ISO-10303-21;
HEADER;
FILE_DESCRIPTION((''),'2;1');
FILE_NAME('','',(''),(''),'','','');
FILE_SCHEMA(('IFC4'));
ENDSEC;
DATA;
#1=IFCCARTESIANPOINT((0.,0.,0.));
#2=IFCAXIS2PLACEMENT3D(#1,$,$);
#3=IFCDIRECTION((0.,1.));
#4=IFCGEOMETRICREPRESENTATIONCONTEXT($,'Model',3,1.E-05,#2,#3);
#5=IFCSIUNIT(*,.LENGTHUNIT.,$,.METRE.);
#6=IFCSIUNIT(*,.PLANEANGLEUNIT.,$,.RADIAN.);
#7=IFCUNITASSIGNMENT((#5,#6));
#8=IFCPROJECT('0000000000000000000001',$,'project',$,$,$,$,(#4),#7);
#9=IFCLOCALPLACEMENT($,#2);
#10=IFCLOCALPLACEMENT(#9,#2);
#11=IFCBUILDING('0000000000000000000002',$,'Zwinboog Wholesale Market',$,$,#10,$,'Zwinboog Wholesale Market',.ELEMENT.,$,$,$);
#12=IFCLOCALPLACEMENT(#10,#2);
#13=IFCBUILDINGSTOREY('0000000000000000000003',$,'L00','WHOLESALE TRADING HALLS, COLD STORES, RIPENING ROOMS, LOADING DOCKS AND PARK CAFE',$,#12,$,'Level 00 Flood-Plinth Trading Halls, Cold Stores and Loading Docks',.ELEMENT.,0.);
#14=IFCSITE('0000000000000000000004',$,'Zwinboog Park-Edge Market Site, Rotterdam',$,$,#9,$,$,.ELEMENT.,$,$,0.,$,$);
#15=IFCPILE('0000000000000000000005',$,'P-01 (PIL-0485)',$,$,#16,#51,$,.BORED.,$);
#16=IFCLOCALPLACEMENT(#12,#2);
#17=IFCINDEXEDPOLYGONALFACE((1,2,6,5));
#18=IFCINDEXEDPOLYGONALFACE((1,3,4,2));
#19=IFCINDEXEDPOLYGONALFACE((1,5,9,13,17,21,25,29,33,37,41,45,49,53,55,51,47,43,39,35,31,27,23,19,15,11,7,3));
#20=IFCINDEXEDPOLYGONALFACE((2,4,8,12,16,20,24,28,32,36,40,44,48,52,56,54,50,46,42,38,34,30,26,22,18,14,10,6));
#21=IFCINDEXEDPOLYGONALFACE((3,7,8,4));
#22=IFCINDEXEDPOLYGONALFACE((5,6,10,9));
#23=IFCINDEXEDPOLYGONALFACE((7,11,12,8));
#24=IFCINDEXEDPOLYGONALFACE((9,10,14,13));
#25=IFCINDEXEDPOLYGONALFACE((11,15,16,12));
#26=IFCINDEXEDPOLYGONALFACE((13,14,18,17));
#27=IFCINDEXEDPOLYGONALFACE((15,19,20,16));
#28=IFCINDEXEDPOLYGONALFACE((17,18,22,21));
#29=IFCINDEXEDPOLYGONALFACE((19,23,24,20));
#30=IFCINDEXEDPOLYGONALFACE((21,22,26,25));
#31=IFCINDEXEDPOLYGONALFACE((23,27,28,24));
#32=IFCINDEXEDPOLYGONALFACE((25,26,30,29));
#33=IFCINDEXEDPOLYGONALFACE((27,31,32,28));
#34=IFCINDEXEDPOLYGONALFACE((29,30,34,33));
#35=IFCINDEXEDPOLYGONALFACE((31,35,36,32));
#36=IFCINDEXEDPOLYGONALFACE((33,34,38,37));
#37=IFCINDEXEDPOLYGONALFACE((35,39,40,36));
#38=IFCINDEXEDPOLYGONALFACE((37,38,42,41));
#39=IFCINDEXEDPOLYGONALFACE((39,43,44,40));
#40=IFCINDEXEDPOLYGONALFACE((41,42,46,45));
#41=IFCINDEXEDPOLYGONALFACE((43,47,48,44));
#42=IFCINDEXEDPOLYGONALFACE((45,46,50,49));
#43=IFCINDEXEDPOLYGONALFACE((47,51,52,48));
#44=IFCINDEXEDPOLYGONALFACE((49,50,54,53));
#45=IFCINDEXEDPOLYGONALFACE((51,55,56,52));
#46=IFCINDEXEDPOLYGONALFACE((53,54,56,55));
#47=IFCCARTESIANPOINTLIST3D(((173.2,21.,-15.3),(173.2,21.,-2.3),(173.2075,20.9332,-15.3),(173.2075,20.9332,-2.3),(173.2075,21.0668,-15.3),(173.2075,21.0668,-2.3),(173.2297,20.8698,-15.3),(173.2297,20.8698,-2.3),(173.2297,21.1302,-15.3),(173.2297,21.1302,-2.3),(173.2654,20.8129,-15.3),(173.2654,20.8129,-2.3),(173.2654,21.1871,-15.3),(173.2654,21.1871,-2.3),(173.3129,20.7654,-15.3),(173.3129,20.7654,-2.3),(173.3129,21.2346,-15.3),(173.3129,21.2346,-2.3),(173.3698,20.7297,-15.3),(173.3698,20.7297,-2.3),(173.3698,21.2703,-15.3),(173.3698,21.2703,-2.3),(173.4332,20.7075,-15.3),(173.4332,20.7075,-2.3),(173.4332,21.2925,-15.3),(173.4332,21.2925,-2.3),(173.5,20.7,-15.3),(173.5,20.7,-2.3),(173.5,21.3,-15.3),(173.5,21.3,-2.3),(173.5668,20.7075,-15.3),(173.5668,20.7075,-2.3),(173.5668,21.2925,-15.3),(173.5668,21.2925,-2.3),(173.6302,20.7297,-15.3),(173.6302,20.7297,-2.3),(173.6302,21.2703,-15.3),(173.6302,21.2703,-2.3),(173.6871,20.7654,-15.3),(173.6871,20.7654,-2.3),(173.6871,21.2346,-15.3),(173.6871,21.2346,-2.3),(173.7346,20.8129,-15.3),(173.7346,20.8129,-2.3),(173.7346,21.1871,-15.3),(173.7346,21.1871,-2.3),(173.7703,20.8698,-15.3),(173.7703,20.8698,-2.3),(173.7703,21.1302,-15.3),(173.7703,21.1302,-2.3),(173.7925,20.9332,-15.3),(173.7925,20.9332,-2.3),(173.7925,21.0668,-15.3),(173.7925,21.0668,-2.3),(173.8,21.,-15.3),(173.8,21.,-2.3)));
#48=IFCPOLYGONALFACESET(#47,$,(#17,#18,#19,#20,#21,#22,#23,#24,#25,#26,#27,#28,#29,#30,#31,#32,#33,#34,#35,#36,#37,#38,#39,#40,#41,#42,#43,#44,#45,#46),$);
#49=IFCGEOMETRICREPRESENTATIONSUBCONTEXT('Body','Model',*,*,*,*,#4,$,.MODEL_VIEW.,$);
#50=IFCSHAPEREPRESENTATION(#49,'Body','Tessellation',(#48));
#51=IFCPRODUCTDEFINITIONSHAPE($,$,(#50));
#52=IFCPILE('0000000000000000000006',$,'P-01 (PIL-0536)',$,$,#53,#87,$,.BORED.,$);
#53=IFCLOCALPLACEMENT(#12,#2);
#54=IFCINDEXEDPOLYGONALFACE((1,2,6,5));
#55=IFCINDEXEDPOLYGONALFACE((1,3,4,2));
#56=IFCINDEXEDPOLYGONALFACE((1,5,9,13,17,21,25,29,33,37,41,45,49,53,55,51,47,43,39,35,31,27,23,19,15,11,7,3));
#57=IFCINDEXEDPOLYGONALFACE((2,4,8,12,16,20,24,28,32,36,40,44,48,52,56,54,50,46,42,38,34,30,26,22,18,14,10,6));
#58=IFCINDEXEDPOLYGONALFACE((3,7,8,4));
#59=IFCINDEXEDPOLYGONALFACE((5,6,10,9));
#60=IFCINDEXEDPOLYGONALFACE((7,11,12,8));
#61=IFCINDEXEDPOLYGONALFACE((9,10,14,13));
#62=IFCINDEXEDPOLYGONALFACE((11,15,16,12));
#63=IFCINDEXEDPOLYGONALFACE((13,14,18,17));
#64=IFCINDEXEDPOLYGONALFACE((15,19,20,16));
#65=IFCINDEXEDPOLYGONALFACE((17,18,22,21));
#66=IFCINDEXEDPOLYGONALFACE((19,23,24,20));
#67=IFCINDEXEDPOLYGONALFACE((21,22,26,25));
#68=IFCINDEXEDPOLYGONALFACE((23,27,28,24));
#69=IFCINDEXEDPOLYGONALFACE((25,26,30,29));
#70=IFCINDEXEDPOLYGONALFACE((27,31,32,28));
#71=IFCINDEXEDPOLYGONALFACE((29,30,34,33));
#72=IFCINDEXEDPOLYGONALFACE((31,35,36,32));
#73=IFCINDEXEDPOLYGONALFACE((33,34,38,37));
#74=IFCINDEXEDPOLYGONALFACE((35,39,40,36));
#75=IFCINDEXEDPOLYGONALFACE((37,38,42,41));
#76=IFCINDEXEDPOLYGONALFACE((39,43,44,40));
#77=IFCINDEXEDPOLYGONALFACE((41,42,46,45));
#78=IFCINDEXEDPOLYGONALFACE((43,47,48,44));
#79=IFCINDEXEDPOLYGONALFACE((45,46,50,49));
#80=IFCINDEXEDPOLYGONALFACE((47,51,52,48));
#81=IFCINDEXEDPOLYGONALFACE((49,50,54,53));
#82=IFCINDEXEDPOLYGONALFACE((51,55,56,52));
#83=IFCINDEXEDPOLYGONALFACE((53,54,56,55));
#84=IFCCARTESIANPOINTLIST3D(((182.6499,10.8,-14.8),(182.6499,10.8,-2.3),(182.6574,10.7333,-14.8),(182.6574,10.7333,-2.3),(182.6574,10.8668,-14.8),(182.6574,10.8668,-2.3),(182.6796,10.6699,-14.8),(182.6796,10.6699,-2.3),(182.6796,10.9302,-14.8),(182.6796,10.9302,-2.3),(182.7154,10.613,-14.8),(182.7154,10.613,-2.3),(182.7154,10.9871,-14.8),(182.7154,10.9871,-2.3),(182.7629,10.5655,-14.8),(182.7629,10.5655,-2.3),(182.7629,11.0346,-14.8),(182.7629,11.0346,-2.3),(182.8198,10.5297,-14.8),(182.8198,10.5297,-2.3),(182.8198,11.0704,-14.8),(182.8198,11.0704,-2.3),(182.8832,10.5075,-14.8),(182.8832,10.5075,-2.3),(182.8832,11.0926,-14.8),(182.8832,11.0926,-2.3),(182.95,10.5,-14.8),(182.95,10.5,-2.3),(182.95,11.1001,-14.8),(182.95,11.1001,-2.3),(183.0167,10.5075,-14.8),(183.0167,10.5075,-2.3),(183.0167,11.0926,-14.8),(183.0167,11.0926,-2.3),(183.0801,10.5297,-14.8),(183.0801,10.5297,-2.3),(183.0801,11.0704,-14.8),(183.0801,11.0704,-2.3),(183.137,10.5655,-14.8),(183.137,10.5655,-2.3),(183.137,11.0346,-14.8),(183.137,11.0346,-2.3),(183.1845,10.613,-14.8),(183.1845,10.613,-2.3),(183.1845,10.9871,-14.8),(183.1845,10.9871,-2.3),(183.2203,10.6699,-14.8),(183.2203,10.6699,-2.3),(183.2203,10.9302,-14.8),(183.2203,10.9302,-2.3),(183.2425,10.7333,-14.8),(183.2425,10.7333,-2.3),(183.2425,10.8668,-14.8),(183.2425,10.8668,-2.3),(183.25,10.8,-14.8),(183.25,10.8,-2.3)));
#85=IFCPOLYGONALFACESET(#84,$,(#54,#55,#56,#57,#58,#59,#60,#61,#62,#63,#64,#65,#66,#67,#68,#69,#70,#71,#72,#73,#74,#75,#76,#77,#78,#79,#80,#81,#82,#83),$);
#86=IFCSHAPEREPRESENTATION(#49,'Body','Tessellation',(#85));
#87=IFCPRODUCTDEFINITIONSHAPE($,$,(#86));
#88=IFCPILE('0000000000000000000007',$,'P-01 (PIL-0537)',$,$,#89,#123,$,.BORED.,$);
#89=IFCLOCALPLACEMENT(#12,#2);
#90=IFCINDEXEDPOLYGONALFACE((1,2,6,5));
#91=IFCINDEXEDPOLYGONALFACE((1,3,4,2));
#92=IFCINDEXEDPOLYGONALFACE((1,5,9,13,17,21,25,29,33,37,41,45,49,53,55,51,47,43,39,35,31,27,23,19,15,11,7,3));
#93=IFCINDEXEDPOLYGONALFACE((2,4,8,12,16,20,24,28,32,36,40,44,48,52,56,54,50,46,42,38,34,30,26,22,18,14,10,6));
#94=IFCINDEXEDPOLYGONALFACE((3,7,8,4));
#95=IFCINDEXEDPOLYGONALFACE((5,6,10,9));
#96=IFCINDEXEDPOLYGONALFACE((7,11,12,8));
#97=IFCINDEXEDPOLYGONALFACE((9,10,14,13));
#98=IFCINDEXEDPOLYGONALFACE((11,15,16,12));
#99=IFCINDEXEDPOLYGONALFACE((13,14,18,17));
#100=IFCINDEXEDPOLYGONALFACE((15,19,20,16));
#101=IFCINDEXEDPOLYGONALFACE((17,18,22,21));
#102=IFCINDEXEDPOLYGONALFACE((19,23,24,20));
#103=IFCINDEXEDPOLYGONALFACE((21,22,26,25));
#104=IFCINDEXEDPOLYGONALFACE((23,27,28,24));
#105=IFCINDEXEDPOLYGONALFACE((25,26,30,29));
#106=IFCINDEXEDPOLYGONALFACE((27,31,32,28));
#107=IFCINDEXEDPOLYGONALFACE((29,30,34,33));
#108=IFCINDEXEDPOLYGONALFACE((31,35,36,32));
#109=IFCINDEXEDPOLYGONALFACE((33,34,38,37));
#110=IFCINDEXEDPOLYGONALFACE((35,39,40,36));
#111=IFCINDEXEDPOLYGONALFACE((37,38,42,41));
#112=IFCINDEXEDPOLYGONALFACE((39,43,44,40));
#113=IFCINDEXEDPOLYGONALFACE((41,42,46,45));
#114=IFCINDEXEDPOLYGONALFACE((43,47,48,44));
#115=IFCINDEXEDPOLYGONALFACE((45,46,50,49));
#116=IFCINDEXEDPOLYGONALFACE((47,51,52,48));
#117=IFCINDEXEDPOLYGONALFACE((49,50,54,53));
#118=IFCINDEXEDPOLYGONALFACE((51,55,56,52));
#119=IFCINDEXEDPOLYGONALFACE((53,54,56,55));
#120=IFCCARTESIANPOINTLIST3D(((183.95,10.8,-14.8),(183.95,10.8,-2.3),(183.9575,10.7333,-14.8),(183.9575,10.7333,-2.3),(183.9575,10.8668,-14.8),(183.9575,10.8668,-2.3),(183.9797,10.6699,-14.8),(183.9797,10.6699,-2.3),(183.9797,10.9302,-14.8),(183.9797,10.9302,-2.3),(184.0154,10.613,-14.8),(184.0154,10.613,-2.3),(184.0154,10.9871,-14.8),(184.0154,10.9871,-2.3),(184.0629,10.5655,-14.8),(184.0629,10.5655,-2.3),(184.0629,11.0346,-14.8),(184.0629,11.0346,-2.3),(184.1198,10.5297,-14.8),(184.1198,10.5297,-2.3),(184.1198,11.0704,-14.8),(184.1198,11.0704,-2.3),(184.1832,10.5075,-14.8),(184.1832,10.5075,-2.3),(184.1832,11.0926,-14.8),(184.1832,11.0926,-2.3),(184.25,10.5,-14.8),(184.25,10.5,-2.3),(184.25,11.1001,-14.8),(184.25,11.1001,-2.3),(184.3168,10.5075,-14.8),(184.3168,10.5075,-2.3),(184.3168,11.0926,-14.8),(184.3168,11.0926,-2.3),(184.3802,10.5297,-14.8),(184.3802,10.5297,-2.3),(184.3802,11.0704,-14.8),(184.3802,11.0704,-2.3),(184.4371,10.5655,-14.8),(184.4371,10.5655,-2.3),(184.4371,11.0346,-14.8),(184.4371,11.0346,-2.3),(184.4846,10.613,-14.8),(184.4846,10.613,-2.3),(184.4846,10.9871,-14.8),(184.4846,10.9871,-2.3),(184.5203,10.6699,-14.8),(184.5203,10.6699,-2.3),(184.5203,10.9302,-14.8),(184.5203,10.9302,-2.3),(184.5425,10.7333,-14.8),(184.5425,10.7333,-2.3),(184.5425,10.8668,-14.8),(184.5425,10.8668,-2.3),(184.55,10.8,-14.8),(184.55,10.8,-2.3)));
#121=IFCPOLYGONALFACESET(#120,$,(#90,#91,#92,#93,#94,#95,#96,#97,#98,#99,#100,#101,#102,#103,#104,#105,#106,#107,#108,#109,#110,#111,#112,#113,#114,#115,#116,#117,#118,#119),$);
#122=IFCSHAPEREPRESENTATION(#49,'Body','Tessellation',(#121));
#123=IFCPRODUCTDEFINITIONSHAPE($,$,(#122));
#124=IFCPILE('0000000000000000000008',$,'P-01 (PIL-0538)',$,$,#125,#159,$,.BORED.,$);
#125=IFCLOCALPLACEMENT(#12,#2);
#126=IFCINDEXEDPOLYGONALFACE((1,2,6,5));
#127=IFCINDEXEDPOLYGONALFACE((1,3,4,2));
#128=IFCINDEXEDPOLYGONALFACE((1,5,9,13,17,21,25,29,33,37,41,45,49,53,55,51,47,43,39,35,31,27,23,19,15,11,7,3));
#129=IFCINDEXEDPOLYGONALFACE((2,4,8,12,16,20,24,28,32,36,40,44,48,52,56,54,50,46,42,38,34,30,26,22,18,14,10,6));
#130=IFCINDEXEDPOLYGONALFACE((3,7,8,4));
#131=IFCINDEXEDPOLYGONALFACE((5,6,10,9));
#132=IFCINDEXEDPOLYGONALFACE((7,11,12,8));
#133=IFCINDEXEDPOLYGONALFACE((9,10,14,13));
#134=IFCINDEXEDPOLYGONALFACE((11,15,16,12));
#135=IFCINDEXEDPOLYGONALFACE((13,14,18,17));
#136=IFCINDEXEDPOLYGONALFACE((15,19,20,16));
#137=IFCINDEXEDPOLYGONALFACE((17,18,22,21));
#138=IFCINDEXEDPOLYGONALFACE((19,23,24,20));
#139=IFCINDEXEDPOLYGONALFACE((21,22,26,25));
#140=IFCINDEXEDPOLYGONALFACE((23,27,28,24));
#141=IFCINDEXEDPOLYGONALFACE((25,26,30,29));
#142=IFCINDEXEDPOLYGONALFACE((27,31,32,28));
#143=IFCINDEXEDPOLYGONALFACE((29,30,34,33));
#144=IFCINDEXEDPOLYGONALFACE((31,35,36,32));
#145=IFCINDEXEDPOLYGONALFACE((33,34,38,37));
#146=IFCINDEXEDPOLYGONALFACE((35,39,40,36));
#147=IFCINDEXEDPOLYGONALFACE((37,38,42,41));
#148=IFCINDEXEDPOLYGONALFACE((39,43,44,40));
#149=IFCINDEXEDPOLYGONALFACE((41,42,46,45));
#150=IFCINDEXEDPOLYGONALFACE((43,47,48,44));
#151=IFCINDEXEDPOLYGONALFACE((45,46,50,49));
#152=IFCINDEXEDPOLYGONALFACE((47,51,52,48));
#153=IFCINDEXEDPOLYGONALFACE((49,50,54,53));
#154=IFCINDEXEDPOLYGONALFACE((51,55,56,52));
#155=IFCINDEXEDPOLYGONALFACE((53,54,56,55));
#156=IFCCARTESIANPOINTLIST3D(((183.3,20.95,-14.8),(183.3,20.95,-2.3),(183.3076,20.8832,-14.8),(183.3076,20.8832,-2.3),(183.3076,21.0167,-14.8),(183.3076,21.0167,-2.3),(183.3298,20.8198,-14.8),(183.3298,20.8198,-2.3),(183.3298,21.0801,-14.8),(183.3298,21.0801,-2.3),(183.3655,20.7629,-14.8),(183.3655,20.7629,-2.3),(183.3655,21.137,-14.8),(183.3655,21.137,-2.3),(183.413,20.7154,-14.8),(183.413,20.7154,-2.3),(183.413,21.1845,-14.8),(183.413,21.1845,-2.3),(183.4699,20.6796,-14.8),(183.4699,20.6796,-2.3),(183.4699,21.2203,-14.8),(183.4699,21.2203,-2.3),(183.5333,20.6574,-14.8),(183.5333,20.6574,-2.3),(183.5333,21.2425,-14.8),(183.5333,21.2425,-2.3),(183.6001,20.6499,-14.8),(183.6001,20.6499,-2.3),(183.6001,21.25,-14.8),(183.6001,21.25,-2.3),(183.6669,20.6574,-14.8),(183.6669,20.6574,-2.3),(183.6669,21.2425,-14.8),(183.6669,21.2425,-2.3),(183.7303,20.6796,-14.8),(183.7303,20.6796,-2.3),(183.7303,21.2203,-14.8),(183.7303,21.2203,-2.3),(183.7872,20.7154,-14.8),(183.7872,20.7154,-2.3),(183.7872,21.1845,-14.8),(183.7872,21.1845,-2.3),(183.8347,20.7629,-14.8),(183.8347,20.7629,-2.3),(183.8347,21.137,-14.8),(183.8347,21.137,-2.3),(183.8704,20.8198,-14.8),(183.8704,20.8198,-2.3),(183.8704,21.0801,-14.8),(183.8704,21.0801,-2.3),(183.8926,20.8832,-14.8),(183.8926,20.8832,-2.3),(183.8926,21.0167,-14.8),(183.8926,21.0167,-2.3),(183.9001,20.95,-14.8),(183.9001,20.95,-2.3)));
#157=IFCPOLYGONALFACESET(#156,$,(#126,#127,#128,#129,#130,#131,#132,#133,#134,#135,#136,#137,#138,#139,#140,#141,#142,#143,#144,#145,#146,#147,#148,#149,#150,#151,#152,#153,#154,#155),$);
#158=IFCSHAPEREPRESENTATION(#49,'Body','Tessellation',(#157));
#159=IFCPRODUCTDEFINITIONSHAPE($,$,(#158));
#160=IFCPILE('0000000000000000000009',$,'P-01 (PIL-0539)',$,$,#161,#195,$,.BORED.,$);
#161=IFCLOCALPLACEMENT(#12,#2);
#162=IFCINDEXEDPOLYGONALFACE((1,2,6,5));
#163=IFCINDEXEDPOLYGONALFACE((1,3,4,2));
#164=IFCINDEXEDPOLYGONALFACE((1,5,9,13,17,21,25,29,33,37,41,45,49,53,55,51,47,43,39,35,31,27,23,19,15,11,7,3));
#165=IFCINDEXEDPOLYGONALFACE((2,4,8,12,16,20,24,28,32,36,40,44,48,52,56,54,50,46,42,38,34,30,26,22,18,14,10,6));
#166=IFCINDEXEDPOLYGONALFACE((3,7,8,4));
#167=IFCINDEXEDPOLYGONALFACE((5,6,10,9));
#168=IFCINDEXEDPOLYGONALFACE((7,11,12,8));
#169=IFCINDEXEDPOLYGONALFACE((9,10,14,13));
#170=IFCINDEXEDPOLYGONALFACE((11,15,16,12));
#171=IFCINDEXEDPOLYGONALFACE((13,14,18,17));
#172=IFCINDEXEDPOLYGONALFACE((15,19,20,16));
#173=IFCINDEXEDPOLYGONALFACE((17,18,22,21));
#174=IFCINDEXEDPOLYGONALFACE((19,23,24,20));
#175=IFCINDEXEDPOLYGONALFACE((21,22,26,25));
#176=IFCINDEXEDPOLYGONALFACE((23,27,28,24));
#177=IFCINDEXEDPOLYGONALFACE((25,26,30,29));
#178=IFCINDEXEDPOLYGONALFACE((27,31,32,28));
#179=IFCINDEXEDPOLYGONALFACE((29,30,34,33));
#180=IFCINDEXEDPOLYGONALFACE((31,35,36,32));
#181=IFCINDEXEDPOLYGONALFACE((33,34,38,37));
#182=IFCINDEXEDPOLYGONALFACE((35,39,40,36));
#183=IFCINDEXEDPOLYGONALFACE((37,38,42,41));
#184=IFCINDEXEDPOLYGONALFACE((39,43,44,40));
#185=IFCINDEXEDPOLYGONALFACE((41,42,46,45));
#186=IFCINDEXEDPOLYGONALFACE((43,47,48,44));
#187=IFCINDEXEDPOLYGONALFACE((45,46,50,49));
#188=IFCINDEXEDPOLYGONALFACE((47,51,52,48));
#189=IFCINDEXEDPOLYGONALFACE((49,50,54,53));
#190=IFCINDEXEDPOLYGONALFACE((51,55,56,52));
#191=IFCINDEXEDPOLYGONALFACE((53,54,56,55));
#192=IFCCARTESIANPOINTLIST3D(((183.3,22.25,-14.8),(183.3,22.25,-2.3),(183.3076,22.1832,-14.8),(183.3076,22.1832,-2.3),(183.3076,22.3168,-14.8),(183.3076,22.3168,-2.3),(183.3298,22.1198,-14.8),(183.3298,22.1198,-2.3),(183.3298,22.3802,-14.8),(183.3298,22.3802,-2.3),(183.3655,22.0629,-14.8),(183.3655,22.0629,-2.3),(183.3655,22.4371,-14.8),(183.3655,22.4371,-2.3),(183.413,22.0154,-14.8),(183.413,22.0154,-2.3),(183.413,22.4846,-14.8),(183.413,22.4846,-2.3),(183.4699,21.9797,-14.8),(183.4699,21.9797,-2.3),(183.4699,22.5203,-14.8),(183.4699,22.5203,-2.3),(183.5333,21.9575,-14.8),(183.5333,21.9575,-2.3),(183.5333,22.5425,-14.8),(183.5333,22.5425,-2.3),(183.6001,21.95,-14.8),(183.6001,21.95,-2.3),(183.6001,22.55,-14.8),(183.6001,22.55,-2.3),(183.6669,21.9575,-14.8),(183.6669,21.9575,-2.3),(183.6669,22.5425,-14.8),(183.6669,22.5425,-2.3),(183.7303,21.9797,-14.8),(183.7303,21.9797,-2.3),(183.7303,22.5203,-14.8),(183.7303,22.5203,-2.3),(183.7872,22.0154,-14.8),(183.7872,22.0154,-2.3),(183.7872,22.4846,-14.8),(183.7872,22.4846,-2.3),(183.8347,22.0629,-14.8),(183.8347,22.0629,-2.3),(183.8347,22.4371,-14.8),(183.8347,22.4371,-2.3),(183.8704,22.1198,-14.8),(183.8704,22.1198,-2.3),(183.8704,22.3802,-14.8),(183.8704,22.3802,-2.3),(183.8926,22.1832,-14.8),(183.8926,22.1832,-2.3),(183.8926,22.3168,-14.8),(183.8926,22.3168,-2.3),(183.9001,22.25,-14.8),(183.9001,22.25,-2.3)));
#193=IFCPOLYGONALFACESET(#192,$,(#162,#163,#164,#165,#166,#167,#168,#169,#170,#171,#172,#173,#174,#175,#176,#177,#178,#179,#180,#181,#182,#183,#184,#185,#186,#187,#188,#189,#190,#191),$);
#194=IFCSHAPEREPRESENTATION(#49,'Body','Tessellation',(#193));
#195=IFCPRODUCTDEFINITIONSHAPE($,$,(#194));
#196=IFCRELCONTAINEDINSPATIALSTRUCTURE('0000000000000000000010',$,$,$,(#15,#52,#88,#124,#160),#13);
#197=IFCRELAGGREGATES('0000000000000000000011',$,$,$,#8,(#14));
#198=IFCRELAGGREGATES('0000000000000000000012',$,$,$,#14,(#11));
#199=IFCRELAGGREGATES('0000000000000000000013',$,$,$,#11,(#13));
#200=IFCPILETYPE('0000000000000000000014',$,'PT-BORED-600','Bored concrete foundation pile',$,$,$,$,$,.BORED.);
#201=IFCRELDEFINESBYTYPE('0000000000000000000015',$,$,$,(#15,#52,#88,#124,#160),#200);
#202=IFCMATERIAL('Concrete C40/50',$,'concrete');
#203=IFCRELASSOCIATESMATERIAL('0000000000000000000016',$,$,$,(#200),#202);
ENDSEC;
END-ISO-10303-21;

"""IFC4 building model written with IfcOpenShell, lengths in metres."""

from ifc_helpers import new_model, si_unit, direction, frame, origin, origin_2d, place, context, subcontext, project, spatial, circle, extrude, material, material_profile, profile_set, type_object, element, save


model = new_model("IFC4")

# Units and contexts
model_context = context("Model", 3, precision=1e-05, world=origin(), true_north=direction((0.0, 1.0)))
body_context = subcontext(model_context, "Body", "Model", "MODEL_VIEW")
ifc_project = project(units=[si_unit("LENGTHUNIT", "METRE"), si_unit("PLANEANGLEUNIT", "RADIAN")], contexts=[model_context])

# Site, building, storey
site_placement = place(None, origin())
site = spatial("IfcSite", under=ifc_project, at=site_placement, Name="Zwinboog Park-Edge Market Site, Rotterdam", CompositionType="ELEMENT", RefElevation=0.0)
building_placement = place(site_placement, origin())
building = spatial("IfcBuilding", under=site, at=building_placement, Name="Zwinboog Wholesale Market", LongName="Zwinboog Wholesale Market", CompositionType="ELEMENT")
storey_placement = place(building_placement, origin())
storey = spatial("IfcBuildingStorey", under=building, at=storey_placement, Name="L00", Description="WHOLESALE TRADING HALLS, COLD STORES, RIPENING ROOMS, LOADING DOCKS AND PARK CAFE", LongName="Level 00 Flood-Plinth Trading Halls, Cold Stores and Loading Docks", CompositionType="ELEMENT", Elevation=0.0)

# Piles
ifc_material_1 = material(Name="Concrete C40/50", Category="concrete")
ifc_material_profile_1 = material_profile(ifc_material_1, circle(Radius=0.3, at=origin_2d()), Name="PILE D600")
ifc_profile_set_1 = profile_set([ifc_material_profile_1], Name="Concrete C40/50")
pile_type = type_object("IfcPileType", Name="PT-BORED-600", Description="Bored concrete foundation pile", PredefinedType="BORED", material=ifc_profile_set_1)
pile_placement = place(storey_placement, frame((173.5, 21.0, -2.3), z_axis=(0.0, 0.0, -1.0), x_axis=(1.0, 0.0, 0.0)))
element("IfcPile", 1, at=pile_placement, inside=storey, type_object=pile_type, Name="P-01 (PIL-0485)", PredefinedType="BORED", context=body_context, shape_type="SweptSolid", body=[
    extrude(circle(Radius=0.3, at=origin_2d()), origin(), (0.0, 0.0, 1.0), 13.0),
])
for number, where, z_axis, x_axis, name in (
    (2, (182.95, 10.8, -2.3), (0.0, 0.0, -1.0), (1.0, 0.0, 0.0), "P-01 (PIL-0536)"),
    (3, (184.25, 10.8, -2.3), (0.0, 0.0, -1.0), (1.0, 0.0, 0.0), "P-01 (PIL-0537)"),
    (4, (183.6001, 20.95, -2.3), (0.0, 0.0, -1.0), (1.0, 0.0, 0.0), "P-01 (PIL-0538)"),
    (5, (183.6001, 22.25, -2.3), (0.0, 0.0, -1.0), (1.0, 0.0, 0.0), "P-01 (PIL-0539)"),
):
    element("IfcPile", number, at=place(storey_placement, frame(where, z_axis=z_axis, x_axis=x_axis)), inside=storey, type_object=pile_type, Name=name, PredefinedType="BORED", context=body_context, shape_type="SweptSolid", body=[
        extrude(circle(Radius=0.3, at=origin_2d()), origin(), (0.0, 0.0, 1.0), 12.5),
    ])

save(model, "model.ifc")
